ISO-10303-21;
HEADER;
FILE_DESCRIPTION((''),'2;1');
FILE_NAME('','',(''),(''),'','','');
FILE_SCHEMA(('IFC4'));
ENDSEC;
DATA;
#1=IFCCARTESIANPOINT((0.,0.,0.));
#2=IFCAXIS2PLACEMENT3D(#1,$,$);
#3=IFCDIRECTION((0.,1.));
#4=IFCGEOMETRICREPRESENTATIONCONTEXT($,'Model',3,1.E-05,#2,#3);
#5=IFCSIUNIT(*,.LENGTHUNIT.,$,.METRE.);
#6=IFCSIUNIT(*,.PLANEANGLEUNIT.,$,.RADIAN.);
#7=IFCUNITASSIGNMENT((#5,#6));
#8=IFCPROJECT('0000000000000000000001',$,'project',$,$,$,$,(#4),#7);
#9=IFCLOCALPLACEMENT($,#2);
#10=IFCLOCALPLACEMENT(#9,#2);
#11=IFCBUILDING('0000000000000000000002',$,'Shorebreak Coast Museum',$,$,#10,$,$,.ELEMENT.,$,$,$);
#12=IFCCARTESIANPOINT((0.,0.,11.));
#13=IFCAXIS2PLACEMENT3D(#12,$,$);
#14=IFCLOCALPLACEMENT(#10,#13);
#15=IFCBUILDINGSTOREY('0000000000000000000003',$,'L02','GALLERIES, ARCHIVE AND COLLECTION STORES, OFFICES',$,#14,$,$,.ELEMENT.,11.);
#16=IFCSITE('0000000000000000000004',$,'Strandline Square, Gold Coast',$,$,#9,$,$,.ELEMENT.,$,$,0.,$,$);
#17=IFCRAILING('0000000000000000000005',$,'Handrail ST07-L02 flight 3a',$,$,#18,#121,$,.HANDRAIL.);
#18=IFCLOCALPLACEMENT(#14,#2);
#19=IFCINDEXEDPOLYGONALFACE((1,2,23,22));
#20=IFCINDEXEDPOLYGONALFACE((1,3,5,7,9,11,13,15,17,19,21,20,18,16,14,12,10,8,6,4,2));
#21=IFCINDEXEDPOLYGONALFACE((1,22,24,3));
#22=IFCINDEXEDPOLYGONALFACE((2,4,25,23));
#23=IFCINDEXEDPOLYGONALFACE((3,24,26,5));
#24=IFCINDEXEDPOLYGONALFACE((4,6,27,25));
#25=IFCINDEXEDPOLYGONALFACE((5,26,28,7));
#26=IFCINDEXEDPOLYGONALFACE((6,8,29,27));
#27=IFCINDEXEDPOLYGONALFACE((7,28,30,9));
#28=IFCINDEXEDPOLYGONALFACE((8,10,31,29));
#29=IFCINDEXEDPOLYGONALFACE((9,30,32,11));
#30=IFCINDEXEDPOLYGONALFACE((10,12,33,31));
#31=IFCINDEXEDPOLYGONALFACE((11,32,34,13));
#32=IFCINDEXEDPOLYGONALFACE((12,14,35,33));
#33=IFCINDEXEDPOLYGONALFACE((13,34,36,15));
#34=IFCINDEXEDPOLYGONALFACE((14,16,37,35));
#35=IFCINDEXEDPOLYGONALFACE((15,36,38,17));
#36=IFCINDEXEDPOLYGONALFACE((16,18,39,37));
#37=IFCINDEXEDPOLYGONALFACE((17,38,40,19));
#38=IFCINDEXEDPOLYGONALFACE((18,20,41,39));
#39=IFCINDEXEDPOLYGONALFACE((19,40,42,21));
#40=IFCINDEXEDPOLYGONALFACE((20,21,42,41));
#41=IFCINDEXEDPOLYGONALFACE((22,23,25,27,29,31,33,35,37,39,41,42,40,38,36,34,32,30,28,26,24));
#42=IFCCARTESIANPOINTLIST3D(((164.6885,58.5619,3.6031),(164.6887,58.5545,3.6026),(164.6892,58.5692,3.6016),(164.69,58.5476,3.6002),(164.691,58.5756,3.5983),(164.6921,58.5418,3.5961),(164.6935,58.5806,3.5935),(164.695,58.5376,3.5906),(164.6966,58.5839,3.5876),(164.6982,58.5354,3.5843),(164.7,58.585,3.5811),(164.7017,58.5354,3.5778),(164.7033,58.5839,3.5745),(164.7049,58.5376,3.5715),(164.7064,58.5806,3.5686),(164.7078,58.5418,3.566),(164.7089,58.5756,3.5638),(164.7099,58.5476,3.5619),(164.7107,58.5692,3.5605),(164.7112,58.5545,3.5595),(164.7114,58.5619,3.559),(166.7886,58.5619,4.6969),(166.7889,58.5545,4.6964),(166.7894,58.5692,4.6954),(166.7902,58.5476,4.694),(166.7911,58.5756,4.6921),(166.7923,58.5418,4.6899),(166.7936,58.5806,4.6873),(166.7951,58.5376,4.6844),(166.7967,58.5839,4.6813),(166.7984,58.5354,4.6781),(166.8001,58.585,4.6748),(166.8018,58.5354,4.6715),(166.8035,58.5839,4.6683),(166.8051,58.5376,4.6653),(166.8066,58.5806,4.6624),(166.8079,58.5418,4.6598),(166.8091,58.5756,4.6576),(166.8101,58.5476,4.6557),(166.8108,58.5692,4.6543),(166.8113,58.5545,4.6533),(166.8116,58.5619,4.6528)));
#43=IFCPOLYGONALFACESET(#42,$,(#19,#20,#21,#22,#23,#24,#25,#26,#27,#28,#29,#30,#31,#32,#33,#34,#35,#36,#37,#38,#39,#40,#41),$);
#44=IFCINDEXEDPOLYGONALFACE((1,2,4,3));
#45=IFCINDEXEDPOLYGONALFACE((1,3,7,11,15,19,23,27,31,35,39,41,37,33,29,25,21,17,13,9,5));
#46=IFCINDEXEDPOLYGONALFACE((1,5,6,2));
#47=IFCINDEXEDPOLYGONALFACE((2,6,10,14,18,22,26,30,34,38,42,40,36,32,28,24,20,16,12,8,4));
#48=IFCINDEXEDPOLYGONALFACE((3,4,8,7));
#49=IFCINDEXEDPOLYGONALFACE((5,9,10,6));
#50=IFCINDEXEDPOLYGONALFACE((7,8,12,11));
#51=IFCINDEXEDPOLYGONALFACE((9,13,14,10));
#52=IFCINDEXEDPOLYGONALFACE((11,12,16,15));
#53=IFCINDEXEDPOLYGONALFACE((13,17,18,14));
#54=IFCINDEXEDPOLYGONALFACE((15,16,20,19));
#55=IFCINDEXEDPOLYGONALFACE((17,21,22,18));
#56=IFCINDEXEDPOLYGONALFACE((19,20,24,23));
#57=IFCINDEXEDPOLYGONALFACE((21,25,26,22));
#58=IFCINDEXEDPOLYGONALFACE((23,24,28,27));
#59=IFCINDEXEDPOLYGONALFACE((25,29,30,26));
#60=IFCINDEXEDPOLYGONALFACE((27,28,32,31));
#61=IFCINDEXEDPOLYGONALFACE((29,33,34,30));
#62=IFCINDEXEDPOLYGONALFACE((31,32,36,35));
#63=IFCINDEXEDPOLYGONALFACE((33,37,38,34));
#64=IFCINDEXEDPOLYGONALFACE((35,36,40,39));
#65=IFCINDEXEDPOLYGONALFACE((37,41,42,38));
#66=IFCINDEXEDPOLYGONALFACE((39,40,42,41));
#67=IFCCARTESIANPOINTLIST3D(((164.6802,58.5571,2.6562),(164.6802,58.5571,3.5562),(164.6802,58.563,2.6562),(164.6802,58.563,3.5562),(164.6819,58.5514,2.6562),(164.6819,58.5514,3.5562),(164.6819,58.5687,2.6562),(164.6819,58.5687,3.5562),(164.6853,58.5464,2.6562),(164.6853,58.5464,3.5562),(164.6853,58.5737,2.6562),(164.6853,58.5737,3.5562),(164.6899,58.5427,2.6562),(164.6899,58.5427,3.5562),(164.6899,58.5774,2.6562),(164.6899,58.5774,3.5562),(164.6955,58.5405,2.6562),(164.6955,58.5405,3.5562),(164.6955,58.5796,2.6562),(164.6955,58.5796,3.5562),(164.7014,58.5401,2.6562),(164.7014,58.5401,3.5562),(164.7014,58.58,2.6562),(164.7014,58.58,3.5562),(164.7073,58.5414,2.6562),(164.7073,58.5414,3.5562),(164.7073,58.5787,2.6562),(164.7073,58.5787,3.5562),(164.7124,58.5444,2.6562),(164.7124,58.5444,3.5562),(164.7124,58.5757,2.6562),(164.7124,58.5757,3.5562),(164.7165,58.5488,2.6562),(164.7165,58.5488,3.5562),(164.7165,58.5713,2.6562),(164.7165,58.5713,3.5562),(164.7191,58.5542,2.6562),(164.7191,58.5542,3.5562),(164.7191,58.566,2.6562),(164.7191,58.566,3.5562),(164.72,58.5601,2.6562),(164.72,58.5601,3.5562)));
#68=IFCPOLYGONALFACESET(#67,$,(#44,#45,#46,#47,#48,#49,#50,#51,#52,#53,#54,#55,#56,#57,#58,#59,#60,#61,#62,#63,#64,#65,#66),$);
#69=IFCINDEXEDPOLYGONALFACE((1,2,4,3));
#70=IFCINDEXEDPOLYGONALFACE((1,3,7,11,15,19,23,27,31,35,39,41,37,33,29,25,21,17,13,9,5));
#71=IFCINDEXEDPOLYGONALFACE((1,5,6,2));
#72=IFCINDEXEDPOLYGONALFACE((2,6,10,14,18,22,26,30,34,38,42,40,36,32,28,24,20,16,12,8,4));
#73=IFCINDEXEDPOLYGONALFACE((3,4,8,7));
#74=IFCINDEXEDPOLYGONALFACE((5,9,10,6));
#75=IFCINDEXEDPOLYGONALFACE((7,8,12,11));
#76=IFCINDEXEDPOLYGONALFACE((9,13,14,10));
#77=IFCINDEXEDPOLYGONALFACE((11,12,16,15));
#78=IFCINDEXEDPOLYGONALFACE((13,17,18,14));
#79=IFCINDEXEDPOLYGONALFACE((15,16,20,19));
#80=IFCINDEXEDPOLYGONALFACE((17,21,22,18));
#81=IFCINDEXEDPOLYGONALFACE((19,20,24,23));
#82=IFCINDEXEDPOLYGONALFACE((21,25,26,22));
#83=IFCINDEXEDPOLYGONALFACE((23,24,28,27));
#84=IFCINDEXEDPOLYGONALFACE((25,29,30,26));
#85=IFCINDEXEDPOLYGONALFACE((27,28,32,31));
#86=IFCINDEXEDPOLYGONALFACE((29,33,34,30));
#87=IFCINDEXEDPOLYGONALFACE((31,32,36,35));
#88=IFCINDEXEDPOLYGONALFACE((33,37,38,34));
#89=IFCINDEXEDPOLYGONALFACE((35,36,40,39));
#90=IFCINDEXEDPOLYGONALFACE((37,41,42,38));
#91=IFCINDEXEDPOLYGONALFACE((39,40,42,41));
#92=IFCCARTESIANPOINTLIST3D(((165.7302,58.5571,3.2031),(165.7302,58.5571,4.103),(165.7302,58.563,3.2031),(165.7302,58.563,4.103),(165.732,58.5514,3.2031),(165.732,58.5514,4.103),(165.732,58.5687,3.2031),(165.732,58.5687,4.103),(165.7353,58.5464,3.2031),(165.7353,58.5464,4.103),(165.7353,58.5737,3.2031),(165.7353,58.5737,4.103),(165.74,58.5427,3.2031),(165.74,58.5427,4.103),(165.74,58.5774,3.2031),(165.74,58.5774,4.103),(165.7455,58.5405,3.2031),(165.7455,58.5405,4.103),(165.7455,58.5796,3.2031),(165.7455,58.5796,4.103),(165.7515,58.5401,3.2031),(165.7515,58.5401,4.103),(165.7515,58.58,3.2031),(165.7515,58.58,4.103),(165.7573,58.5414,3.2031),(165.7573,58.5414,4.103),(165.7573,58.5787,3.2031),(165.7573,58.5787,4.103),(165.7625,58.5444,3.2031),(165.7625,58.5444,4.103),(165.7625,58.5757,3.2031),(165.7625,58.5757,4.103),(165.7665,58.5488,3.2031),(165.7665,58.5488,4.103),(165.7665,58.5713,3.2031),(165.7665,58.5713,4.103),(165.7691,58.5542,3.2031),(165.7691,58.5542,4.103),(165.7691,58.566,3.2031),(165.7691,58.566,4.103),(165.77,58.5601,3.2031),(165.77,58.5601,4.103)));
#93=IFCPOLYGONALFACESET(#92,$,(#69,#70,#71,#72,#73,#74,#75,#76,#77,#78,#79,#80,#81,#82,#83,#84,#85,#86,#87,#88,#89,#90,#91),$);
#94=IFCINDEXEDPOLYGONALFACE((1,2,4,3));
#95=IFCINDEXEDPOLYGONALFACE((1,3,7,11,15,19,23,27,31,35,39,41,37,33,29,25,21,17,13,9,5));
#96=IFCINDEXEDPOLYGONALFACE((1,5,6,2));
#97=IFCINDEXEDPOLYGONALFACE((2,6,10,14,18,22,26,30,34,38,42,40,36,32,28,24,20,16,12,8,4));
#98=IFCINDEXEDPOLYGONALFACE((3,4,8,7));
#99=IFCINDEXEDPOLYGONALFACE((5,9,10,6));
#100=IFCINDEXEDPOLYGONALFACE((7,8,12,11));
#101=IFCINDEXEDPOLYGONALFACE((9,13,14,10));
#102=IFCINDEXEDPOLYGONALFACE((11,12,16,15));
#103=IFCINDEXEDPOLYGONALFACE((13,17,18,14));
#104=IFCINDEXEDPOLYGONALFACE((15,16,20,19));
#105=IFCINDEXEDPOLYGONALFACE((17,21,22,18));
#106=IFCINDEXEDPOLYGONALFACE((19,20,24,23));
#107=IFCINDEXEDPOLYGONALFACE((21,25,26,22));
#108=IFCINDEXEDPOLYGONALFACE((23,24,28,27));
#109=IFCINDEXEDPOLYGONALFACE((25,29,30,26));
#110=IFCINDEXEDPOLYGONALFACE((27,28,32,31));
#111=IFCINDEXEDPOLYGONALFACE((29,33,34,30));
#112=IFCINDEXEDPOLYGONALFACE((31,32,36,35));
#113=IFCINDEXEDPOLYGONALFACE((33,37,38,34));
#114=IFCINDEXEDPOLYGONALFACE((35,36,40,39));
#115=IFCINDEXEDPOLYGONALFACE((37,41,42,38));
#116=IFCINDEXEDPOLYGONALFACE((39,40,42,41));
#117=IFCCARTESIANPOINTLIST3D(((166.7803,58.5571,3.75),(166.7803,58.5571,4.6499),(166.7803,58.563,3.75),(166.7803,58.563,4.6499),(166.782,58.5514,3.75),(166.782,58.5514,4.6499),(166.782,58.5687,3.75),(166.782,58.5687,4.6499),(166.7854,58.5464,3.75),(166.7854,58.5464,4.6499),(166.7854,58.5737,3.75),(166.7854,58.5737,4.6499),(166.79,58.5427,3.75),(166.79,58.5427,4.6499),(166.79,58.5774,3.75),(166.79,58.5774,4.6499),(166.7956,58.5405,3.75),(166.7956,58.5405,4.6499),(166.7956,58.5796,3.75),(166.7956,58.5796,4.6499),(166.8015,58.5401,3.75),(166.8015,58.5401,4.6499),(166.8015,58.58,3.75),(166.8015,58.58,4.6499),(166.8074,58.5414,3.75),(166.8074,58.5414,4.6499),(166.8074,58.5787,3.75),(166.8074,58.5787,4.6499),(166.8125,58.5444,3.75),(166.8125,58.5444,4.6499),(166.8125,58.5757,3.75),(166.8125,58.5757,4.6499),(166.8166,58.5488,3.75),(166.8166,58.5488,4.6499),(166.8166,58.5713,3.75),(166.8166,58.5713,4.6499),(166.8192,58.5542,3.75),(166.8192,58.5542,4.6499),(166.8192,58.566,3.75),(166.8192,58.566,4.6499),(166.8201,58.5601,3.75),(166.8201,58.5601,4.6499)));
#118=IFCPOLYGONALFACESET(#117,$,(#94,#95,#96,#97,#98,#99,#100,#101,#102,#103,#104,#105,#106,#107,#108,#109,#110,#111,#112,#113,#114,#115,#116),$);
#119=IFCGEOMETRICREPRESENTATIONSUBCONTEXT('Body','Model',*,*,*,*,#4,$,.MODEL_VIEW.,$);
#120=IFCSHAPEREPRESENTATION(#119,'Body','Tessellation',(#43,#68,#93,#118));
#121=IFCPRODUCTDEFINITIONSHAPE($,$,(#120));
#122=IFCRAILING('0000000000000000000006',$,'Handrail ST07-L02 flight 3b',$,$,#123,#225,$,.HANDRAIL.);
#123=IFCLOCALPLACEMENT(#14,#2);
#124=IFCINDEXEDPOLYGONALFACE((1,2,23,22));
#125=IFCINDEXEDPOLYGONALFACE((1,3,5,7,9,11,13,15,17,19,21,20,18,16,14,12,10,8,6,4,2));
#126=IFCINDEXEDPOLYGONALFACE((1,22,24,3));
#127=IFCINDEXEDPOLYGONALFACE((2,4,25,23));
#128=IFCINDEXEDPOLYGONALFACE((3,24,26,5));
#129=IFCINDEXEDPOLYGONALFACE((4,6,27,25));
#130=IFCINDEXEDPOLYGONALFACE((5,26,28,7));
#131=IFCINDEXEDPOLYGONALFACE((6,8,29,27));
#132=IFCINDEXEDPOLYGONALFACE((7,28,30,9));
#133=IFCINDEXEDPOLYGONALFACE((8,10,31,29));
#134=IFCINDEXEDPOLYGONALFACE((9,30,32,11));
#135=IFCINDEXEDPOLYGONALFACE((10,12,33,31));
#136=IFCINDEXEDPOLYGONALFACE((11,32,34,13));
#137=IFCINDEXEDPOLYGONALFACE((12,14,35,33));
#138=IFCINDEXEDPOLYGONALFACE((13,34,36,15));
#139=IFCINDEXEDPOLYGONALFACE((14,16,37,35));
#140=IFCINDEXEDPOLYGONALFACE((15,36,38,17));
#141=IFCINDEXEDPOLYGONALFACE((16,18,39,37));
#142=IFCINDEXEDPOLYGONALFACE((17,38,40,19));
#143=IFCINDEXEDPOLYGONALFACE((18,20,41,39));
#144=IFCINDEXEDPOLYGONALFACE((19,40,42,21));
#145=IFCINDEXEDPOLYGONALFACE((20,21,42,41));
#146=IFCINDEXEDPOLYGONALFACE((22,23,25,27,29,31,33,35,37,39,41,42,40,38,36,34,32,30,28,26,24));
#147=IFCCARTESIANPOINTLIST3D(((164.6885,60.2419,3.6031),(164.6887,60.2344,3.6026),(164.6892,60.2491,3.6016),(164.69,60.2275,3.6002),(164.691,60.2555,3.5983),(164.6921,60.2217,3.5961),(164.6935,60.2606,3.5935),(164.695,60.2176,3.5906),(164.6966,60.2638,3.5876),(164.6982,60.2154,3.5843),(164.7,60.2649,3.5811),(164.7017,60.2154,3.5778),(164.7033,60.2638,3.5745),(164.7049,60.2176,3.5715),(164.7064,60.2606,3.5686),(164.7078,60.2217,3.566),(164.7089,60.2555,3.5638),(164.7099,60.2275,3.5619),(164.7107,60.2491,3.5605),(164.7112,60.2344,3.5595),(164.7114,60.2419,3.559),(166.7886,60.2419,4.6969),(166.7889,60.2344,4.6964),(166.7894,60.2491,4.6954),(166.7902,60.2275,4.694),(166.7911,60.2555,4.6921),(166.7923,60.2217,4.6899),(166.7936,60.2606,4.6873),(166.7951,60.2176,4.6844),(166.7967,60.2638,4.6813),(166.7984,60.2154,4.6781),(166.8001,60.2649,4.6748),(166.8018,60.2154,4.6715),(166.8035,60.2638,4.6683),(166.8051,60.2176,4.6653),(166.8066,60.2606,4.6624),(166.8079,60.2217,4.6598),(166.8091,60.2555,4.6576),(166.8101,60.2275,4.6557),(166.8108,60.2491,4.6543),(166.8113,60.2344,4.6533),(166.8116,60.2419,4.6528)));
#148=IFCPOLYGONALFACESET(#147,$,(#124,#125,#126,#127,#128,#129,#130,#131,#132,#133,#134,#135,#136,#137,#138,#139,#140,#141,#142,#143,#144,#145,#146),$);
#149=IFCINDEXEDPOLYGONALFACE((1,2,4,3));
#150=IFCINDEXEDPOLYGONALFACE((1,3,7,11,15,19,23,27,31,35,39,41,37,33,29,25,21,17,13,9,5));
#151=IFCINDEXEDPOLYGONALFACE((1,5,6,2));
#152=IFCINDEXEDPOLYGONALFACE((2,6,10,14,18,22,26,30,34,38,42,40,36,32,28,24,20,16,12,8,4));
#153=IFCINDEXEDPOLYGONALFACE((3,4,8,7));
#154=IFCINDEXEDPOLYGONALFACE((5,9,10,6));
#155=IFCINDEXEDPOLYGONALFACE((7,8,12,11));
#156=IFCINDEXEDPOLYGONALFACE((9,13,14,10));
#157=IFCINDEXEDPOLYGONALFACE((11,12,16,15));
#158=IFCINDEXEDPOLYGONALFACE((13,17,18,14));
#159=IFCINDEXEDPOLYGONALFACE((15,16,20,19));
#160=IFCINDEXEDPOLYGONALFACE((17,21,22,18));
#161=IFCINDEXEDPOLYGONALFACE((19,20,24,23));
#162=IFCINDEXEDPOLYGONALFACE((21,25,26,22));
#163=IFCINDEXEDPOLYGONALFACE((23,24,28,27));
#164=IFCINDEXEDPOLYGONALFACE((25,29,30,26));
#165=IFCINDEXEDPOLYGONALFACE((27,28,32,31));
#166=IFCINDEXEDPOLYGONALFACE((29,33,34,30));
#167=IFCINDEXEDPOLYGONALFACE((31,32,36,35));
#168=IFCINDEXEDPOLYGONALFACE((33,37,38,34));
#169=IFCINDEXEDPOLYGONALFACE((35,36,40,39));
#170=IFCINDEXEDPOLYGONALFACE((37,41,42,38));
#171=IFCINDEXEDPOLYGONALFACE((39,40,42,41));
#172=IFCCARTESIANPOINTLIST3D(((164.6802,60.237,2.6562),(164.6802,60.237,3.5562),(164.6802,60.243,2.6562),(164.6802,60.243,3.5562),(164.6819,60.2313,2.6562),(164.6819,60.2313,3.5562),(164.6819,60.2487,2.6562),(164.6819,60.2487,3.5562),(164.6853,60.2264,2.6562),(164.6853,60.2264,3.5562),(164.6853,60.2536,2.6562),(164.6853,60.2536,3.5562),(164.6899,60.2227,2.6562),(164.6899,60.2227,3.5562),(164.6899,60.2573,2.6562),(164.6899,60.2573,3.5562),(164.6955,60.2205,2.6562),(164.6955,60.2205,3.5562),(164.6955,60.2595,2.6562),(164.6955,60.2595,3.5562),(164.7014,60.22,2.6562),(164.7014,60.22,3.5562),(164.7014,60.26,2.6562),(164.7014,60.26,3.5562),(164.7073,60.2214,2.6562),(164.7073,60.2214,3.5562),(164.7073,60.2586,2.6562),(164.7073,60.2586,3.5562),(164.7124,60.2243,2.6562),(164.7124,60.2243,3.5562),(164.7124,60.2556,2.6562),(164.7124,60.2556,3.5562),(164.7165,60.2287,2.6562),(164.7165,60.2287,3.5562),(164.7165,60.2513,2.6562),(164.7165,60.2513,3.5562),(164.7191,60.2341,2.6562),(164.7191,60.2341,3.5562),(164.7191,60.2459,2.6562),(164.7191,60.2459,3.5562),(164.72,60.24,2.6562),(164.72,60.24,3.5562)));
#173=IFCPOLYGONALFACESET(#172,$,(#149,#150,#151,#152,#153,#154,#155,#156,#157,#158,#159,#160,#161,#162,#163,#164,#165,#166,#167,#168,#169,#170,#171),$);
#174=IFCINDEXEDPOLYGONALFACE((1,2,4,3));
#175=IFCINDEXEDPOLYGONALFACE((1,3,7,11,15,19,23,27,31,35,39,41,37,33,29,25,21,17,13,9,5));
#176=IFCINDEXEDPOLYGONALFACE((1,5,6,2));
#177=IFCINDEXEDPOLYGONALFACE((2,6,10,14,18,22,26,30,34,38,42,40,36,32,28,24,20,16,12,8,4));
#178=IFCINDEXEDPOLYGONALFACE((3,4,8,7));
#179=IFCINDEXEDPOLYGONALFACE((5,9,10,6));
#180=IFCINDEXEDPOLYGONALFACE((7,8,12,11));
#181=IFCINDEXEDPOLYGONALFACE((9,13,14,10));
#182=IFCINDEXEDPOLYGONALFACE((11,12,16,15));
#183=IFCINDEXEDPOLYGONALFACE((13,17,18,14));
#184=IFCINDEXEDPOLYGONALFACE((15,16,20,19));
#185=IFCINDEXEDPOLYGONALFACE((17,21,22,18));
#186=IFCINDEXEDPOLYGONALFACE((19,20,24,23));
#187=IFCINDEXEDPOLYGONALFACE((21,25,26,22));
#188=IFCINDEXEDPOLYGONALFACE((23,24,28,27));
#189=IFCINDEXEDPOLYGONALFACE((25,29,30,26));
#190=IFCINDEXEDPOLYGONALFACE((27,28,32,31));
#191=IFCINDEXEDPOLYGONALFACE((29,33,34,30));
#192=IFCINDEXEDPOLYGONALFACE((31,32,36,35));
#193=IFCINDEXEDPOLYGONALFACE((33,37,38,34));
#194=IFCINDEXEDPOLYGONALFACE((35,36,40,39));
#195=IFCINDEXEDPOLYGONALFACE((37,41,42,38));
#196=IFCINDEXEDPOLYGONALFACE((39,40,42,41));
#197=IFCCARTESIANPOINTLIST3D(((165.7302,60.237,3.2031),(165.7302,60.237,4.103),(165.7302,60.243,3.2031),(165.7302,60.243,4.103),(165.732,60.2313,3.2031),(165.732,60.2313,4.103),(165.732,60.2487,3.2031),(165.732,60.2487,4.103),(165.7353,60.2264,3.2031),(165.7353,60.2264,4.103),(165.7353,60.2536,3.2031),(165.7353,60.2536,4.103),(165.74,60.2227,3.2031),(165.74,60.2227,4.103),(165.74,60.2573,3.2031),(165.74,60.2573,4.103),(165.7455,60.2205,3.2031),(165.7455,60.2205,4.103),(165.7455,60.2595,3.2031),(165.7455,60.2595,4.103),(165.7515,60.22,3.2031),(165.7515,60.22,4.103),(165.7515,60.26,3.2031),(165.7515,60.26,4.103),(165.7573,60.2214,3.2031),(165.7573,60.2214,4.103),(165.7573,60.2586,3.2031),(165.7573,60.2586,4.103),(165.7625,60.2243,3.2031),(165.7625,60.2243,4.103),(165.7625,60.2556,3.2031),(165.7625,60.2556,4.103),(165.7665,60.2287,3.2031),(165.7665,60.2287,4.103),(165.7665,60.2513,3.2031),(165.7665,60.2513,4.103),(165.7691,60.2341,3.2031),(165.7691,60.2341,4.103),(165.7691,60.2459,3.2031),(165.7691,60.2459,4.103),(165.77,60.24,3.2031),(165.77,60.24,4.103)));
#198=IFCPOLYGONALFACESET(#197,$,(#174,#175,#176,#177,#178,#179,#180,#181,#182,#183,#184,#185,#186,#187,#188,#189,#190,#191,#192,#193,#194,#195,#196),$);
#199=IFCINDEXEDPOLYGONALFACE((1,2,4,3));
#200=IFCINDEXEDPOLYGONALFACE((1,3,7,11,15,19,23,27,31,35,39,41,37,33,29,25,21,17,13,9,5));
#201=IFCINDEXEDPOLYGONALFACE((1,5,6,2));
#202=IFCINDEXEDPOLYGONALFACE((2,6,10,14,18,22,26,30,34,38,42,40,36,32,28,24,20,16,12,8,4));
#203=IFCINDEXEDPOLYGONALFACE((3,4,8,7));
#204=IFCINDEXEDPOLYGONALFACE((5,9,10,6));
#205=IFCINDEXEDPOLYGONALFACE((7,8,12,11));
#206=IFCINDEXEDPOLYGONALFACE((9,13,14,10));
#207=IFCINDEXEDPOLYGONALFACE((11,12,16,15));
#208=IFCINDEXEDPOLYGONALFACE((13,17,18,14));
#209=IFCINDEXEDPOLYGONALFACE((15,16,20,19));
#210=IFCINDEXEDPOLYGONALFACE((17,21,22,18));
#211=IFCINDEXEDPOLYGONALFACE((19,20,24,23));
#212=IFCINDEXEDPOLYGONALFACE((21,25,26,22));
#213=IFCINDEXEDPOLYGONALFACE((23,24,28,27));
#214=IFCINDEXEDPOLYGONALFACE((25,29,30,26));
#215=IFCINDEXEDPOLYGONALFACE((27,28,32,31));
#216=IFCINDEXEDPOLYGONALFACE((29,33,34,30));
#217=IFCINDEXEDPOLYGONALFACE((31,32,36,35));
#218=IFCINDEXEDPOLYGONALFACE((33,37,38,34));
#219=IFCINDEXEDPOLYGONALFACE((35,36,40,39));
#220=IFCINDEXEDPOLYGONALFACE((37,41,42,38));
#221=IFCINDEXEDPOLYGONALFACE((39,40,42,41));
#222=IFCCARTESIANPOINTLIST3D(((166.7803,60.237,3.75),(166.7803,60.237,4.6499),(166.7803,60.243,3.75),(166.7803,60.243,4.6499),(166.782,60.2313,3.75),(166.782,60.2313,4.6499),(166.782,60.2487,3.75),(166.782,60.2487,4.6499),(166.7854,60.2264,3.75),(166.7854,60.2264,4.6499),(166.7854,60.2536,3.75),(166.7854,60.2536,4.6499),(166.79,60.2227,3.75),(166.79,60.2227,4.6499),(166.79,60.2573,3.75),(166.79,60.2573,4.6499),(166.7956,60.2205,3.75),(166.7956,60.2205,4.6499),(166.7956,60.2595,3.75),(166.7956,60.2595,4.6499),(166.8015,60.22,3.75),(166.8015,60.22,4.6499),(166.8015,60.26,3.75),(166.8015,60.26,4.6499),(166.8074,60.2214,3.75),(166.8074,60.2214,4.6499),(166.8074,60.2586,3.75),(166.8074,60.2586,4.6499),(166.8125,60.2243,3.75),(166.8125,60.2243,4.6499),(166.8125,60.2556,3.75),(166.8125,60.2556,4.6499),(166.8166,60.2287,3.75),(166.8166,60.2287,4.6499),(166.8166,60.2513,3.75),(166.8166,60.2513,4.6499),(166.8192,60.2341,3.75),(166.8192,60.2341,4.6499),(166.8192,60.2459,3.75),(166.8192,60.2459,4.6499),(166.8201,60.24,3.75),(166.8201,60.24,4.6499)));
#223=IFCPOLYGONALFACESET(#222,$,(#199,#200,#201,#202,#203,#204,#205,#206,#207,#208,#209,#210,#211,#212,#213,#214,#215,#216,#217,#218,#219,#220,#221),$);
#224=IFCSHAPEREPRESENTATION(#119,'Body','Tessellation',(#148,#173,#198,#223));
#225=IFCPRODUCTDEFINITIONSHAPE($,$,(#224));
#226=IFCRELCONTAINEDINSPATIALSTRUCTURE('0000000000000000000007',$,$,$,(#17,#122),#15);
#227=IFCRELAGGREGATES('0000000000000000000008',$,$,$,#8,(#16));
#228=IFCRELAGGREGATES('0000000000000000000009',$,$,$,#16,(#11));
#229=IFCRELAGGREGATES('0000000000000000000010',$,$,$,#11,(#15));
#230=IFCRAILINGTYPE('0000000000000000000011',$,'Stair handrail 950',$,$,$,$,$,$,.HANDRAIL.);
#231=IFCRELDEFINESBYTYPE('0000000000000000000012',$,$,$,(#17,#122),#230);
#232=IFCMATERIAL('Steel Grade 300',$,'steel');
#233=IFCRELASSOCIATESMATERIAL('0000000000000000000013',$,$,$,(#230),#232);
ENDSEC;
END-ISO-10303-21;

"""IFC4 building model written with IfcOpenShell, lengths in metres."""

from ifc_helpers import new_model, si_unit, direction, frame, origin, origin_2d, place, context, subcontext, project, spatial, circle, extrude, material, type_object, element, save


model = new_model("IFC4")

# Units and contexts
model_context = context("Model", 3, precision=1e-05, world=origin(), true_north=direction((0.0, 1.0)))
body_context = subcontext(model_context, "Body", "Model", "MODEL_VIEW")
ifc_project = project(units=[si_unit("LENGTHUNIT", "METRE"), si_unit("PLANEANGLEUNIT", "RADIAN")], contexts=[model_context])

# Site, building, storey
site_placement = place(None, origin())
site = spatial("IfcSite", under=ifc_project, at=site_placement, Name="Strandline Square, Gold Coast", CompositionType="ELEMENT", RefElevation=0.0)
building_placement = place(site_placement, origin())
building = spatial("IfcBuilding", under=site, at=building_placement, Name="Shorebreak Coast Museum", CompositionType="ELEMENT")
storey_placement = place(building_placement, frame((0.0, 0.0, 11.0)))
storey = spatial("IfcBuildingStorey", under=building, at=storey_placement, Name="L02", Description="GALLERIES, ARCHIVE AND COLLECTION STORES, OFFICES", CompositionType="ELEMENT", Elevation=11.0)

# Railings
ifc_material_1 = material(Name="Steel Grade 300", Category="steel")
railing_type_1 = type_object("IfcRailingType", Name="Stair handrail 950", PredefinedType="HANDRAIL", material=ifc_material_1)
for number, where, name in (
    (1, (164.7, 58.5601, 2.6562), "Handrail ST07-L02 flight 3a"),
    (2, (164.7, 60.24, 2.6562), "Handrail ST07-L02 flight 3b"),
):
    element("IfcRailing", number, at=place(storey_placement, frame(where)), inside=storey, type_object=railing_type_1, Name=name, PredefinedType="HANDRAIL", context=body_context, shape_type="SweptSolid", body=[
        extrude(circle(Radius=0.0249, at=origin_2d()), frame((0.0, 0.0, 0.9248), z_axis=(0.886923, 0.0, 0.461918), x_axis=(0.0, 1.0, 0.0)), (0.0, 0.0, 1.0), 2.3679),
        extrude(circle(Radius=0.02, at=origin_2d()), origin(), (0.0, 0.0, 1.0), 0.8999),
        extrude(circle(Radius=0.02, at=origin_2d()), frame((1.05, 0.0, 0.5469)), (0.0, 0.0, 1.0), 0.8999),
        extrude(circle(Radius=0.02, at=origin_2d()), frame((2.1001, 0.0, 1.0938)), (0.0, 0.0, 1.0), 0.8999),
    ])

save(model, "model.ifc")
